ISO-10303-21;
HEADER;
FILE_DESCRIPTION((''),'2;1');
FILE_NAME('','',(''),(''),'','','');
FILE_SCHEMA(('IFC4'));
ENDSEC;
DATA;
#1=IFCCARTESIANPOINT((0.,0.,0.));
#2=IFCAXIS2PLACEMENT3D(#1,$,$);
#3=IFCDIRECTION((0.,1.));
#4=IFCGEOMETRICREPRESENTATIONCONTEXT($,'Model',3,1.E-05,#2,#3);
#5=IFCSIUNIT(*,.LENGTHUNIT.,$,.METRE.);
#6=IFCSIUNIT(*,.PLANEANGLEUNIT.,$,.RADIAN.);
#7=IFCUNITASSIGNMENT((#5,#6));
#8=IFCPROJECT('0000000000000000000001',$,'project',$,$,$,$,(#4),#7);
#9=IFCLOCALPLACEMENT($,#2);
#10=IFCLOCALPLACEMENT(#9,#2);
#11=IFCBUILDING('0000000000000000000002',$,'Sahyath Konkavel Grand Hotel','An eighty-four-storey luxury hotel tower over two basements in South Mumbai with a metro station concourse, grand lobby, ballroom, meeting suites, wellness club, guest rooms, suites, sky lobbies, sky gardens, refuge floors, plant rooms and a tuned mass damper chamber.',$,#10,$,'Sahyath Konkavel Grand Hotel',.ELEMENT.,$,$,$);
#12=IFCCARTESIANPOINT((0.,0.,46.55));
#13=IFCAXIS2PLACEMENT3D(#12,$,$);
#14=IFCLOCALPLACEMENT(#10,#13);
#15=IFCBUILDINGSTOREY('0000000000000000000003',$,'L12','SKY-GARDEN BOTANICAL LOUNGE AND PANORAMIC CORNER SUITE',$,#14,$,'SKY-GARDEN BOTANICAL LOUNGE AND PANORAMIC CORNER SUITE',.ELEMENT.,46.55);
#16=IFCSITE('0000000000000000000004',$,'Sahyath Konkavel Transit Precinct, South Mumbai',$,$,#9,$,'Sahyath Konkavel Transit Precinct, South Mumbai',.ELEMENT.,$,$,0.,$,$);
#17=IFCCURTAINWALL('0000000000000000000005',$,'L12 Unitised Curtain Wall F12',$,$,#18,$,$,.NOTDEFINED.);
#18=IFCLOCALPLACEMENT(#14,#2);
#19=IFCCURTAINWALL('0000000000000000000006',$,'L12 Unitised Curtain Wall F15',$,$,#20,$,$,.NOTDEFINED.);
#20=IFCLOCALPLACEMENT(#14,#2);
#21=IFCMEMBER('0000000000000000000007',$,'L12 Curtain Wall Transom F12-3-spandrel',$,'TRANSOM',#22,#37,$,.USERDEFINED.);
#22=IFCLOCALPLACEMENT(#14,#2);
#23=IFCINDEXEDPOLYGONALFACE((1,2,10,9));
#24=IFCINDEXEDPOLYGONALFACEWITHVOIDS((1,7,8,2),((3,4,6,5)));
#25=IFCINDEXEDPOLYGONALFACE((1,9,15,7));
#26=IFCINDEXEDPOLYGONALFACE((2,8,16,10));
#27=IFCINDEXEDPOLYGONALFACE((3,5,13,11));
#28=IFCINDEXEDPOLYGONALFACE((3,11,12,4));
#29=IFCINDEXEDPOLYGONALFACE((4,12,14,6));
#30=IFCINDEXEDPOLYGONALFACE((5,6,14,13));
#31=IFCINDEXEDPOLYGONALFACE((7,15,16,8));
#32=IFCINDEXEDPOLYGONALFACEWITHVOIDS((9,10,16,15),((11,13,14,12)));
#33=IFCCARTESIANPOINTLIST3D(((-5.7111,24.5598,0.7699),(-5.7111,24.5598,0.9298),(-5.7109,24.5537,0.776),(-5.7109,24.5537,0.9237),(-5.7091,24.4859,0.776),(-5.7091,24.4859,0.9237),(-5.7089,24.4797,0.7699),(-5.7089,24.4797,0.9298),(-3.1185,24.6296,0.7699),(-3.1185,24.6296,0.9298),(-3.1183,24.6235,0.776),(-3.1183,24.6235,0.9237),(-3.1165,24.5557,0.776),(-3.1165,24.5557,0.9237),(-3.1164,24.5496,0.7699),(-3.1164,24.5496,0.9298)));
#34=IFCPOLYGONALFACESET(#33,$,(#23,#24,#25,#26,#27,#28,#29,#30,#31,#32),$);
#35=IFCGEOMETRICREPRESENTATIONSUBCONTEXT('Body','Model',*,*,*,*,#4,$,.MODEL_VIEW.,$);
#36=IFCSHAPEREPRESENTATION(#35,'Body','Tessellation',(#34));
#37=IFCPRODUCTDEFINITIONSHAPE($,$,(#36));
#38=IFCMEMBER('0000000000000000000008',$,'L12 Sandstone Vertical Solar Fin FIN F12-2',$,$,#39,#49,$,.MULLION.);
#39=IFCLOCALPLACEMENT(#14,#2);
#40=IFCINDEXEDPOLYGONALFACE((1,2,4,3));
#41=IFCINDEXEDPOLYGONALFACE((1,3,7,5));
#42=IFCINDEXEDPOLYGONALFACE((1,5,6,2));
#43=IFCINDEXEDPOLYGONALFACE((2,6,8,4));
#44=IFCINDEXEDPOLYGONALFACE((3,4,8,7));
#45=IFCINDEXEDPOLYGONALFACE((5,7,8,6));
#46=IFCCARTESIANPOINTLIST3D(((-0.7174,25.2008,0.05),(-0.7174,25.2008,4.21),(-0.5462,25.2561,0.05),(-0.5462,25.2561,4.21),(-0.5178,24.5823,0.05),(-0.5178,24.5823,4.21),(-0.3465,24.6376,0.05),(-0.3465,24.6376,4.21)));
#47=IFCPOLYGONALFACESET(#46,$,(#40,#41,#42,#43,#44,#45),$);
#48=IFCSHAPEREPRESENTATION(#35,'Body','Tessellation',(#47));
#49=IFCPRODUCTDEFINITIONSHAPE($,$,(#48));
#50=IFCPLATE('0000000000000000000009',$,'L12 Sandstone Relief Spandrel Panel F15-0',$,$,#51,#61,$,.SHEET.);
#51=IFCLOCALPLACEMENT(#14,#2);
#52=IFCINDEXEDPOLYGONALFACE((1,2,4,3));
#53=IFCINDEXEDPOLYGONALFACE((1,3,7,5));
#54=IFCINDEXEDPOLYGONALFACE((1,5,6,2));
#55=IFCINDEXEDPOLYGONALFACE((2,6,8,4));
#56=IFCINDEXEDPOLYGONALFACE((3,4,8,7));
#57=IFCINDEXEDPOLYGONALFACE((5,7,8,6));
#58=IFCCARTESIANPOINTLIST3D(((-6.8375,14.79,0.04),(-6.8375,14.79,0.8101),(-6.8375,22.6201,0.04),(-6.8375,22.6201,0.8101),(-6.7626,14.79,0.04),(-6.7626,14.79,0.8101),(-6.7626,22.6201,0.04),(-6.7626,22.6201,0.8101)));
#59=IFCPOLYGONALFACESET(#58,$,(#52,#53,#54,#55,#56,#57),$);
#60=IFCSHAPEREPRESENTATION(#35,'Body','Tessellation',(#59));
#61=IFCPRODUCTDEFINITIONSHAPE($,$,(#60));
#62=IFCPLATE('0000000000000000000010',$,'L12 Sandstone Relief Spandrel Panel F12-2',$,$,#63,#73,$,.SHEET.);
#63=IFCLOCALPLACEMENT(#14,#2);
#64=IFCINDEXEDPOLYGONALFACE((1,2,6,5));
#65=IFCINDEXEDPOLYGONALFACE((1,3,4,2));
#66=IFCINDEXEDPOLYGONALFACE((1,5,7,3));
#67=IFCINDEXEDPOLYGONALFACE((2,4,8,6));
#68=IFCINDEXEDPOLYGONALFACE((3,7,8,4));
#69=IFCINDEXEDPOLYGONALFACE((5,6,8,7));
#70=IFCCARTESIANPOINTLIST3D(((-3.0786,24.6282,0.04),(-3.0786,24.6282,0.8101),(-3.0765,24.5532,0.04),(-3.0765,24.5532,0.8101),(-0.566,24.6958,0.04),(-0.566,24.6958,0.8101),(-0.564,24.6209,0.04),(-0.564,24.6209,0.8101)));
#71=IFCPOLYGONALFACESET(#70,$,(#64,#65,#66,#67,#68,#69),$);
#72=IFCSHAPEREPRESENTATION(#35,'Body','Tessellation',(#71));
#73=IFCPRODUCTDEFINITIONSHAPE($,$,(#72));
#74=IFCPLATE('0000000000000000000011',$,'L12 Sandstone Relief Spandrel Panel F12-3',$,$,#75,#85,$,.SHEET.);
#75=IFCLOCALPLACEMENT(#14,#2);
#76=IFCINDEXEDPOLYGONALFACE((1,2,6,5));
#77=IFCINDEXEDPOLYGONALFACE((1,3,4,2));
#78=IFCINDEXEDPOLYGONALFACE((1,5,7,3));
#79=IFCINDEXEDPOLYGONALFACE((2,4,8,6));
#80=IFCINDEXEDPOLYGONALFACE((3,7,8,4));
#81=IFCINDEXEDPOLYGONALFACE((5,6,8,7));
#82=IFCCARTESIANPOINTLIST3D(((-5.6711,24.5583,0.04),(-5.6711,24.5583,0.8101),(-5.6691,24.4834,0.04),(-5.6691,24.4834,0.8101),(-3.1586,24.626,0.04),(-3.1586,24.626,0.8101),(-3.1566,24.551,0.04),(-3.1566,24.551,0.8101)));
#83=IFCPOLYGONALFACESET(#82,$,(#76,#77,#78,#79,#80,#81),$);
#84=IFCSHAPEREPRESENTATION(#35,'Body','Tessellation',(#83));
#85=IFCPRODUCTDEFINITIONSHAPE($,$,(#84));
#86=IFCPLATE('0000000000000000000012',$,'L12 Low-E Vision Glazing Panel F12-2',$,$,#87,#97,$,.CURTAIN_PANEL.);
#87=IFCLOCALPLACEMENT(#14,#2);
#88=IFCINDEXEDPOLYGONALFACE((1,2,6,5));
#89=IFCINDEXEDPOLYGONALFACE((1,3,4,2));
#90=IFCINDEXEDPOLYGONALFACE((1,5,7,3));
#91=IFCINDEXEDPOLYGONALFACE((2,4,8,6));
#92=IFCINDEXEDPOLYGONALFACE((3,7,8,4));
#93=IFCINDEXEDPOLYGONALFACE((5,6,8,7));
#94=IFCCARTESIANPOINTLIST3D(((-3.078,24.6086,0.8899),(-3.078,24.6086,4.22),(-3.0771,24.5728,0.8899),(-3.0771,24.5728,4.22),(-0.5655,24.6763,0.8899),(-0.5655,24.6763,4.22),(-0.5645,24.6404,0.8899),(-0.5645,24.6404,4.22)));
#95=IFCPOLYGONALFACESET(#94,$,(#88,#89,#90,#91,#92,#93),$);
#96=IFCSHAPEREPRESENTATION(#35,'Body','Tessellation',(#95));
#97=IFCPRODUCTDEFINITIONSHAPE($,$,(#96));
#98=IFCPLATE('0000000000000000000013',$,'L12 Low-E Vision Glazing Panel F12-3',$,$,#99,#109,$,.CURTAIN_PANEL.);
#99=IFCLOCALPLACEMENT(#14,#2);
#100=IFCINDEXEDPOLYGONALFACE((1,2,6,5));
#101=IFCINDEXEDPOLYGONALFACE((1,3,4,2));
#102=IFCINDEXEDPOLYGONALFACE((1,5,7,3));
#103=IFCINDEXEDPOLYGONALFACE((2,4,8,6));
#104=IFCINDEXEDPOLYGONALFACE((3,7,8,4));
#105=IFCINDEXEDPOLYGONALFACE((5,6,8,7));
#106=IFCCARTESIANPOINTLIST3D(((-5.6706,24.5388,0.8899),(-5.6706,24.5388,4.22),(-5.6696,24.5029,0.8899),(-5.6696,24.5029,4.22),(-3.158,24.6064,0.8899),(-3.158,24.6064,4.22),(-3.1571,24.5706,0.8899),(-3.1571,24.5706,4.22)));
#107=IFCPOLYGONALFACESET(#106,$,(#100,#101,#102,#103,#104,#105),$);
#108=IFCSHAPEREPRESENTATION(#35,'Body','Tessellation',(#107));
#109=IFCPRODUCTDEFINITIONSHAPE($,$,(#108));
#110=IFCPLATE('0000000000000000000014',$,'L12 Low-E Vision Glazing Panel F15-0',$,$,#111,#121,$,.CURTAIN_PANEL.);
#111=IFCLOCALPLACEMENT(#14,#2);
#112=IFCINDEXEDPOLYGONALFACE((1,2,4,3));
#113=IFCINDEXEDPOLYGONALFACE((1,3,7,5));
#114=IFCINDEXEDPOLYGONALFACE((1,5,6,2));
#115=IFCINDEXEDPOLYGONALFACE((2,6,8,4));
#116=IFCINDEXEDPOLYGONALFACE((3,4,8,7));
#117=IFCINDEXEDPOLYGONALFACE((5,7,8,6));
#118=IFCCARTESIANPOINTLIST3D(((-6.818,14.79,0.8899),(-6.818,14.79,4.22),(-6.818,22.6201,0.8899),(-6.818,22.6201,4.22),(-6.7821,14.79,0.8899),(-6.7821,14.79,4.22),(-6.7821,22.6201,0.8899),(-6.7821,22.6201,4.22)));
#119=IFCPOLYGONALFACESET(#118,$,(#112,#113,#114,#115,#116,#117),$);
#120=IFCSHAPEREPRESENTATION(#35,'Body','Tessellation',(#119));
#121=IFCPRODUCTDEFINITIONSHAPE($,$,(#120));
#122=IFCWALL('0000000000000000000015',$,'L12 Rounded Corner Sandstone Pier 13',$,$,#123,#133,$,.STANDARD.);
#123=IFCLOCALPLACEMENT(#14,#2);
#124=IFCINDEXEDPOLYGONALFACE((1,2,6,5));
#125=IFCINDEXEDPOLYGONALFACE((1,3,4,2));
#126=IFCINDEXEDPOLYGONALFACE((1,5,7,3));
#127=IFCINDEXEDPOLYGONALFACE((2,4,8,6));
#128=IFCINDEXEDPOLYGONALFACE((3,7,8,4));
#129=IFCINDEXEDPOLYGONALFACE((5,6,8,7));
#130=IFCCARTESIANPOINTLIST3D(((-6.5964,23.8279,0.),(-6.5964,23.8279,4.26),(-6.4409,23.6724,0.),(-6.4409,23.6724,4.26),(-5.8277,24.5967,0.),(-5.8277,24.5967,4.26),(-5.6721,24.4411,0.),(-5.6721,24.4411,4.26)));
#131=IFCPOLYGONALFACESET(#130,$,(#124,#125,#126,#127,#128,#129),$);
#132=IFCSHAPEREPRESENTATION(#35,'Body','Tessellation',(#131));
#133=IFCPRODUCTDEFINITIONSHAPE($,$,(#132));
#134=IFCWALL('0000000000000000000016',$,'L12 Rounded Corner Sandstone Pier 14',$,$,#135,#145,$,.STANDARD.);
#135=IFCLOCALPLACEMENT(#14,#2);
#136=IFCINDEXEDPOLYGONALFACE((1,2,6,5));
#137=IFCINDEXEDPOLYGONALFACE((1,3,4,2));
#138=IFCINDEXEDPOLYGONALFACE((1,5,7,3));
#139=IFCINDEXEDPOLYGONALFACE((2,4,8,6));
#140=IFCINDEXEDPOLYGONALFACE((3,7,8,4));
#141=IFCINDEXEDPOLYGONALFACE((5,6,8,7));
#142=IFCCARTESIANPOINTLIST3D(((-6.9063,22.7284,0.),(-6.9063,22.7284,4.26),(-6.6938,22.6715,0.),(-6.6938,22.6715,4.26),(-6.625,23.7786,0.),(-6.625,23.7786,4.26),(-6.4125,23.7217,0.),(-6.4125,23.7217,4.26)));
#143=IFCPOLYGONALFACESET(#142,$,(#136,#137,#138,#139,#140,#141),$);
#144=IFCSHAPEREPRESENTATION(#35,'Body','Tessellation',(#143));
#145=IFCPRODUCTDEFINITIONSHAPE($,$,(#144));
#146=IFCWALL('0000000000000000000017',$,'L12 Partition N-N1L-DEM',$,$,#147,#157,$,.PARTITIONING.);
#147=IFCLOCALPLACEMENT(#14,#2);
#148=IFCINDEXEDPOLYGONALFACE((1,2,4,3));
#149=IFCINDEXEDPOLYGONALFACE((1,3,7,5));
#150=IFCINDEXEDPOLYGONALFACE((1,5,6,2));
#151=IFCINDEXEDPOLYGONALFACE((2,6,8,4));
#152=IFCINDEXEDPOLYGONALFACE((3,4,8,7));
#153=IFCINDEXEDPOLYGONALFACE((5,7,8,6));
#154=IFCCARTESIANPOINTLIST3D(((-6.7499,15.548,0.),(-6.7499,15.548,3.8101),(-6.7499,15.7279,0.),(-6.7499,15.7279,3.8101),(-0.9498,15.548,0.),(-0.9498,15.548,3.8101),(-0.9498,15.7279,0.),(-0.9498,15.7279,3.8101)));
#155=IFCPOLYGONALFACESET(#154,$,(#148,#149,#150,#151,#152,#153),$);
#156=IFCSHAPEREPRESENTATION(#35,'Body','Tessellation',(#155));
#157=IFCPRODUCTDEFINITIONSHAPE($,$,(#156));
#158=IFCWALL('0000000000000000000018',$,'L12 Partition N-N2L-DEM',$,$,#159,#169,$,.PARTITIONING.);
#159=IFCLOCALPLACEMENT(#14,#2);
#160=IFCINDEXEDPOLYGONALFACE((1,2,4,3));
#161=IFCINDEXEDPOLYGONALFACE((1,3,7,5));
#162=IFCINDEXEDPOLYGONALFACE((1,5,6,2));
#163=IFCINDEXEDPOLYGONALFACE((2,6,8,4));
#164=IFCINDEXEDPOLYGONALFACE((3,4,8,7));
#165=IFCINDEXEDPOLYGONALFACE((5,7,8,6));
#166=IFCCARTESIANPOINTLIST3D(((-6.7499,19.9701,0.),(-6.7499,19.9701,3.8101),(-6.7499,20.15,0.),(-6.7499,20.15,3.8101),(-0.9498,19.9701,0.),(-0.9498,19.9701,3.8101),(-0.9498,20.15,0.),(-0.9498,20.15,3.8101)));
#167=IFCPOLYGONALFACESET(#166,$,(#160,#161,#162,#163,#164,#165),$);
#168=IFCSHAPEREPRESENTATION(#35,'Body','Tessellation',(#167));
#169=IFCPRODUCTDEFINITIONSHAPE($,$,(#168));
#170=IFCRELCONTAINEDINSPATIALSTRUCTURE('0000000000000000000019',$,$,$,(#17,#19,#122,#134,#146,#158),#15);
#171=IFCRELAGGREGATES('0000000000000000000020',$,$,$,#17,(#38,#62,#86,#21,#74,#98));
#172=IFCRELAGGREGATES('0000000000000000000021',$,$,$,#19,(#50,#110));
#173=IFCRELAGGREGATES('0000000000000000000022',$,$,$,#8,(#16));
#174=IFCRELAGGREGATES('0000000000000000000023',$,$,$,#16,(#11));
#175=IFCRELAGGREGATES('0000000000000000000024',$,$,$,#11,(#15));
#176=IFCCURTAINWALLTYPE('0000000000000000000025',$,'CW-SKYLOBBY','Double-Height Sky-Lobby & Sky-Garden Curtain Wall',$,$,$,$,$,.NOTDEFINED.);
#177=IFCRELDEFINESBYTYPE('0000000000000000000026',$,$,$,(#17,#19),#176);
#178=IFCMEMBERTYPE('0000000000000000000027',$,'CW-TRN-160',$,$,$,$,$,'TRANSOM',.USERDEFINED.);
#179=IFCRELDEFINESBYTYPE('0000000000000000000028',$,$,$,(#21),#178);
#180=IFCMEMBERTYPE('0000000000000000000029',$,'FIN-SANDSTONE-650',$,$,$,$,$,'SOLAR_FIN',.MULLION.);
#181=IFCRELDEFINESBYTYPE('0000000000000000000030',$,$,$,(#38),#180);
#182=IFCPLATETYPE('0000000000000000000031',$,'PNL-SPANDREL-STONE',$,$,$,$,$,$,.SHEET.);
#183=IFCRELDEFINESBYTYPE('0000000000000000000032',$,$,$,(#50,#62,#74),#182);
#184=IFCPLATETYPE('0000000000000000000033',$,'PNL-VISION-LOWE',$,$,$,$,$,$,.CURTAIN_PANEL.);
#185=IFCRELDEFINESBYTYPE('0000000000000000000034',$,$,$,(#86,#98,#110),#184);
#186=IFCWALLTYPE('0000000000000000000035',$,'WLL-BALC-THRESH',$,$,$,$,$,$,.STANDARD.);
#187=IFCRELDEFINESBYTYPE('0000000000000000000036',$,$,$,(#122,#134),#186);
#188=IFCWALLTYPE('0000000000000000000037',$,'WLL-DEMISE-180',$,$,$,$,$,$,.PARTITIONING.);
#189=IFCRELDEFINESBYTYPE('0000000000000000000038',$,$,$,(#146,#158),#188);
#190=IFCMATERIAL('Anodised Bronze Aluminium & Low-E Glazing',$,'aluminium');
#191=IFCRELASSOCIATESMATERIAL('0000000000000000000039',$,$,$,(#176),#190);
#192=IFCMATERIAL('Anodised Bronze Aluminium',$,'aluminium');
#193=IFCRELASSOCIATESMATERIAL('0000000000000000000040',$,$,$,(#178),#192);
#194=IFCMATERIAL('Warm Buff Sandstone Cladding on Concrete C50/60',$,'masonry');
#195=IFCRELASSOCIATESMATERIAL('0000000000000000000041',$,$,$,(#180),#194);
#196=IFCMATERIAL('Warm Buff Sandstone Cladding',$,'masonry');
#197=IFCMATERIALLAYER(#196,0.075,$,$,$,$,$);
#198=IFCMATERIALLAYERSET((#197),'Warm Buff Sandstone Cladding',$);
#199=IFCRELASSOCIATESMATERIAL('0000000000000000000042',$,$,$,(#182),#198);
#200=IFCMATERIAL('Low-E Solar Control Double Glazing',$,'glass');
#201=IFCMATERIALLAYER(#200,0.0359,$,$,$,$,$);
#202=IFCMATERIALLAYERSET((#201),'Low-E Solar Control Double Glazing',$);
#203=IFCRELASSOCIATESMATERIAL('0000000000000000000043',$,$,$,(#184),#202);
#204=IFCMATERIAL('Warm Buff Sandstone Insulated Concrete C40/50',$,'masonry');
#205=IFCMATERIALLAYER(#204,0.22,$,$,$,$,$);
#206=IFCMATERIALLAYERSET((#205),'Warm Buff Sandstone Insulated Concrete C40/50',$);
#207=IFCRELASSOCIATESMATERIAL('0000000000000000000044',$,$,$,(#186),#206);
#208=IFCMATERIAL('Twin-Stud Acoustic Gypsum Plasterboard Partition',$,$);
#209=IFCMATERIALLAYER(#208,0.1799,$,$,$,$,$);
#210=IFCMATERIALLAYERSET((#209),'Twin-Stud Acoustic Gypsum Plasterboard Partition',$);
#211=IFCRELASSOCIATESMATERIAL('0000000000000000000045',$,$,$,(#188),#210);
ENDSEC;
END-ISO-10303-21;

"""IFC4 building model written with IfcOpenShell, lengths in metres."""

from ifc_helpers import new_model, si_unit, direction, frame, frame_2d, origin, origin_2d, place, context, subcontext, project, spatial, rectangle, hollow_rectangle, extrude, source, transform, mapped, material, layer, layer_set, material_profile, profile_set, type_object, element, aggregate, save


model = new_model("IFC4")

# Units and contexts
model_context = context("Model", 3, precision=1e-05, world=origin(), true_north=direction((0.0, 1.0)))
body_context = subcontext(model_context, "Body", "Model", "MODEL_VIEW")
ifc_project = project(units=[si_unit("LENGTHUNIT", "METRE"), si_unit("PLANEANGLEUNIT", "RADIAN")], contexts=[model_context])

# Site, building, storey
site_placement = place(None, origin())
site = spatial("IfcSite", under=ifc_project, at=site_placement, Name="Sahyath Konkavel Transit Precinct, South Mumbai", LongName="Sahyath Konkavel Transit Precinct, South Mumbai", CompositionType="ELEMENT", RefElevation=0.0)
building_placement = place(site_placement, origin())
building = spatial("IfcBuilding", under=site, at=building_placement, Name="Sahyath Konkavel Grand Hotel", Description="An eighty-four-storey luxury hotel tower over two basements in South Mumbai with a metro station concourse, grand lobby, ballroom, meeting suites, wellness club, guest rooms, suites, sky lobbies, sky gardens, refuge floors, plant rooms and a tuned mass damper chamber.", LongName="Sahyath Konkavel Grand Hotel", CompositionType="ELEMENT")
storey_placement = place(building_placement, frame((0.0, 0.0, 46.55)))
storey = spatial("IfcBuildingStorey", under=building, at=storey_placement, Name="L12", Description="SKY-GARDEN BOTANICAL LOUNGE AND PANORAMIC CORNER SUITE", LongName="SKY-GARDEN BOTANICAL LOUNGE AND PANORAMIC CORNER SUITE", CompositionType="ELEMENT", Elevation=46.55)

# Curtain walls
ifc_material_1 = material(Name="Anodised Bronze Aluminium & Low-E Glazing", Category="aluminium")
curtain_wall_type = type_object("IfcCurtainWallType", Name="CW-SKYLOBBY", Description="Double-Height Sky-Lobby & Sky-Garden Curtain Wall", PredefinedType="NOTDEFINED", material=ifc_material_1)
curtain_wall_1_placement = place(storey_placement, origin())
curtain_wall_1 = element("IfcCurtainWall", 1, at=curtain_wall_1_placement, inside=storey, type_object=curtain_wall_type, Name="L12 Unitised Curtain Wall F12", PredefinedType="NOTDEFINED")
ifc_material_2 = material(Name="Anodised Bronze Aluminium", Category="aluminium")
curtain_wall_2_placement = place(storey_placement, origin())
curtain_wall_2 = element("IfcCurtainWall", 2, at=curtain_wall_2_placement, inside=storey, type_object=curtain_wall_type, Name="L12 Unitised Curtain Wall F15", PredefinedType="NOTDEFINED")
ifc_material_profile_1 = material_profile(ifc_material_2, hollow_rectangle(XDim=0.0801, YDim=0.1599, WallThickness=0.0061, at=origin_2d()), Name="RHS 160x80x6")
ifc_profile_set_1 = profile_set([ifc_material_profile_1], Name="Anodised Bronze Aluminium")
member_type_1 = type_object("IfcMemberType", Name="CW-TRN-160", ElementType="TRANSOM", PredefinedType="USERDEFINED", material=ifc_profile_set_1)

# Members
shared_shape_1 = source(origin(), body_context, "Body", "SweptSolid", [
    extrude(hollow_rectangle(XDim=0.0801, YDim=0.1599, WallThickness=0.0061, at=origin_2d()), origin(), (0.0, 0.0, 1.0), 2.5935),
])
member_1_placement = place(storey_placement, frame((-3.1174, 24.5896, 0.8499), z_axis=(-0.999638, -0.026923, 0.0), x_axis=(0.026923, -0.999638, 0.0)))
member_1 = element("IfcMember", 3, at=member_1_placement, type_object=member_type_1, Name="L12 Curtain Wall Transom F12-3-spandrel", ObjectType="TRANSOM", PredefinedType="USERDEFINED", context=body_context, shape_type="MappedRepresentation", body=[
    mapped(shared_shape_1, transform((0.0, 0.0, 0.0), scale=1.0)),
])
ifc_material_3 = material(Name="Warm Buff Sandstone Cladding on Concrete C50/60", Category="masonry")
ifc_material_profile_2 = material_profile(ifc_material_3, rectangle(XDim=0.1799, YDim=0.6499, at=origin_2d()), Name="FIN 180x650")
ifc_profile_set_2 = profile_set([ifc_material_profile_2], Name="Warm Buff Sandstone Cladding on Concrete C50/60")
member_type_2 = type_object("IfcMemberType", Name="FIN-SANDSTONE-650", ElementType="SOLAR_FIN", PredefinedType="MULLION", material=ifc_profile_set_2)
shared_shape_2 = source(origin(), body_context, "Body", "SweptSolid", [
    extrude(rectangle(XDim=0.1799, YDim=0.6499, at=origin_2d()), origin(), (0.0, 0.0, 1.0), 4.1599),
])
member_2_placement = place(storey_placement, frame((-0.532, 24.9192, 0.05), z_axis=(0.0, 0.0, 1.0), x_axis=(0.951648, 0.307191, 0.0)))
member_2 = element("IfcMember", 4, at=member_2_placement, type_object=member_type_2, Name="L12 Sandstone Vertical Solar Fin FIN F12-2", PredefinedType="MULLION", context=body_context, shape_type="MappedRepresentation", body=[
    mapped(shared_shape_2, transform((0.0, 0.0, 0.0), scale=1.0)),
])

# Plates
ifc_material_4 = material(Name="Warm Buff Sandstone Cladding", Category="masonry")
ifc_layer_1 = layer(ifc_material_4, 0.075)
ifc_layer_set_1 = layer_set([ifc_layer_1], Name="Warm Buff Sandstone Cladding")
plate_type_1 = type_object("IfcPlateType", Name="PNL-SPANDREL-STONE", PredefinedType="SHEET", material=ifc_layer_set_1)
shared_shape_3 = source(origin(), body_context, "Body", "SweptSolid", [
    extrude(rectangle(XDim=7.8301, YDim=0.075, at=origin_2d()), origin(), (0.0, 0.0, 1.0), 0.77),
])
plate_1_placement = place(storey_placement, frame((-6.8, 18.7051, 0.04), z_axis=(0.0, 0.0, 1.0), x_axis=(0.0, -1.0, 0.0)))
plate_1 = element("IfcPlate", 5, at=plate_1_placement, type_object=plate_type_1, Name="L12 Sandstone Relief Spandrel Panel F15-0", PredefinedType="SHEET", context=body_context, shape_type="MappedRepresentation", body=[
    mapped(shared_shape_3, transform((0.0, 0.0, 0.0), scale=1.0)),
])
shared_shape_4 = source(origin(), body_context, "Body", "SweptSolid", [
    extrude(rectangle(XDim=2.5134, YDim=0.075, at=origin_2d()), origin(), (0.0, 0.0, 1.0), 0.77),
])
plate_2_placement = place(storey_placement, frame((-1.8213, 24.6245, 0.04), z_axis=(0.0, 0.0, 1.0), x_axis=(-0.999638, -0.02691, 0.0)))
plate_2 = element("IfcPlate", 6, at=plate_2_placement, type_object=plate_type_1, Name="L12 Sandstone Relief Spandrel Panel F12-2", PredefinedType="SHEET", context=body_context, shape_type="MappedRepresentation", body=[
    mapped(shared_shape_4, transform((0.0, 0.0, 0.0), scale=1.0)),
])
plate_3_placement = place(storey_placement, frame((-4.4138, 24.5547, 0.04), z_axis=(0.0, 0.0, 1.0), x_axis=(-0.999638, -0.02691, 0.0)))
plate_3 = element("IfcPlate", 7, at=plate_3_placement, type_object=plate_type_1, Name="L12 Sandstone Relief Spandrel Panel F12-3", PredefinedType="SHEET", context=body_context, shape_type="MappedRepresentation", body=[
    mapped(shared_shape_4, transform((0.0, 0.0, 0.0), scale=1.0)),
])
ifc_material_5 = material(Name="Low-E Solar Control Double Glazing", Category="glass")
ifc_layer_2 = layer(ifc_material_5, 0.0359)
ifc_layer_set_2 = layer_set([ifc_layer_2], Name="Low-E Solar Control Double Glazing")
plate_type_2 = type_object("IfcPlateType", Name="PNL-VISION-LOWE", PredefinedType="CURTAIN_PANEL", material=ifc_layer_set_2)
shared_shape_5 = source(origin(), body_context, "Body", "SweptSolid", [
    extrude(rectangle(XDim=2.5134, YDim=0.0359, at=origin_2d()), origin(), (0.0, 0.0, 1.0), 3.3301),
])
plate_4_placement = place(storey_placement, frame((-1.8213, 24.6245, 0.8899), z_axis=(0.0, 0.0, 1.0), x_axis=(-0.999638, -0.02691, 0.0)))
plate_4 = element("IfcPlate", 8, at=plate_4_placement, type_object=plate_type_2, Name="L12 Low-E Vision Glazing Panel F12-2", PredefinedType="CURTAIN_PANEL", context=body_context, shape_type="MappedRepresentation", body=[
    mapped(shared_shape_5, transform((0.0, 0.0, 0.0), scale=1.0)),
])
plate_5_placement = place(storey_placement, frame((-4.4138, 24.5547, 0.8899), z_axis=(0.0, 0.0, 1.0), x_axis=(-0.999638, -0.02691, 0.0)))
plate_5 = element("IfcPlate", 9, at=plate_5_placement, type_object=plate_type_2, Name="L12 Low-E Vision Glazing Panel F12-3", PredefinedType="CURTAIN_PANEL", context=body_context, shape_type="MappedRepresentation", body=[
    mapped(shared_shape_5, transform((0.0, 0.0, 0.0), scale=1.0)),
])
aggregate(curtain_wall_1, [member_2, plate_2, plate_4, member_1, plate_3, plate_5])
shared_shape_6 = source(origin(), body_context, "Body", "SweptSolid", [
    extrude(rectangle(XDim=7.8301, YDim=0.0359, at=origin_2d()), origin(), (0.0, 0.0, 1.0), 3.3301),
])
plate_6_placement = place(storey_placement, frame((-6.8, 18.7051, 0.8899), z_axis=(0.0, 0.0, 1.0), x_axis=(0.0, -1.0, 0.0)))
plate_6 = element("IfcPlate", 10, at=plate_6_placement, type_object=plate_type_2, Name="L12 Low-E Vision Glazing Panel F15-0", PredefinedType="CURTAIN_PANEL", context=body_context, shape_type="MappedRepresentation", body=[
    mapped(shared_shape_6, transform((0.0, 0.0, 0.0), scale=1.0)),
])
aggregate(curtain_wall_2, [plate_1, plate_6])

# Walls
ifc_material_6 = material(Name="Warm Buff Sandstone Insulated Concrete C40/50", Category="masonry")
ifc_layer_3 = layer(ifc_material_6, 0.22)
ifc_layer_set_3 = layer_set([ifc_layer_3], Name="Warm Buff Sandstone Insulated Concrete C40/50")
wall_type_1 = type_object("IfcWallType", Name="WLL-BALC-THRESH", PredefinedType="STANDARD", material=ifc_layer_set_3)
for number, where, z_axis, x_axis, name in (
    (11, (-5.75, 24.5188, 0.0), (0.0, 0.0, 1.0), (-0.707107, -0.707107, 0.0), "L12 Rounded Corner Sandstone Pier 13"),
    (12, (-6.5188, 23.75, 0.0), (0.0, 0.0, 1.0), (-0.258725, -0.965951, 0.0), "L12 Rounded Corner Sandstone Pier 14"),
):
    element("IfcWall", number, at=place(storey_placement, frame(where, z_axis=z_axis, x_axis=x_axis)), inside=storey, type_object=wall_type_1, Name=name, PredefinedType="STANDARD", context=body_context, shape_type="SweptSolid", body=[
        extrude(rectangle(XDim=1.0872, YDim=0.22, at=frame_2d((0.5435, 0.0))), origin(), (0.0, 0.0, 1.0), 4.26),
    ])
ifc_material_7 = material(Name="Twin-Stud Acoustic Gypsum Plasterboard Partition")
ifc_layer_4 = layer(ifc_material_7, 0.1799)
ifc_layer_set_4 = layer_set([ifc_layer_4], Name="Twin-Stud Acoustic Gypsum Plasterboard Partition")
wall_type_2 = type_object("IfcWallType", Name="WLL-DEMISE-180", PredefinedType="PARTITIONING", material=ifc_layer_set_4)
for number, where, z_axis, x_axis, name in (
    (13, (-0.95, 15.6379, 0.0), (0.0, 0.0, 1.0), (-1.0, 0.0, 0.0), "L12 Partition N-N1L-DEM"),
    (14, (-0.95, 20.0601, 0.0), (0.0, 0.0, 1.0), (-1.0, 0.0, 0.0), "L12 Partition N-N2L-DEM"),
):
    element("IfcWall", number, at=place(storey_placement, frame(where, z_axis=z_axis, x_axis=x_axis)), inside=storey, type_object=wall_type_2, Name=name, PredefinedType="PARTITIONING", context=body_context, shape_type="SweptSolid", body=[
        extrude(rectangle(XDim=5.8, YDim=0.1799, at=frame_2d((2.8999, 0.0))), origin(), (0.0, 0.0, 1.0), 3.8101),
    ])

save(model, "model.ifc")
